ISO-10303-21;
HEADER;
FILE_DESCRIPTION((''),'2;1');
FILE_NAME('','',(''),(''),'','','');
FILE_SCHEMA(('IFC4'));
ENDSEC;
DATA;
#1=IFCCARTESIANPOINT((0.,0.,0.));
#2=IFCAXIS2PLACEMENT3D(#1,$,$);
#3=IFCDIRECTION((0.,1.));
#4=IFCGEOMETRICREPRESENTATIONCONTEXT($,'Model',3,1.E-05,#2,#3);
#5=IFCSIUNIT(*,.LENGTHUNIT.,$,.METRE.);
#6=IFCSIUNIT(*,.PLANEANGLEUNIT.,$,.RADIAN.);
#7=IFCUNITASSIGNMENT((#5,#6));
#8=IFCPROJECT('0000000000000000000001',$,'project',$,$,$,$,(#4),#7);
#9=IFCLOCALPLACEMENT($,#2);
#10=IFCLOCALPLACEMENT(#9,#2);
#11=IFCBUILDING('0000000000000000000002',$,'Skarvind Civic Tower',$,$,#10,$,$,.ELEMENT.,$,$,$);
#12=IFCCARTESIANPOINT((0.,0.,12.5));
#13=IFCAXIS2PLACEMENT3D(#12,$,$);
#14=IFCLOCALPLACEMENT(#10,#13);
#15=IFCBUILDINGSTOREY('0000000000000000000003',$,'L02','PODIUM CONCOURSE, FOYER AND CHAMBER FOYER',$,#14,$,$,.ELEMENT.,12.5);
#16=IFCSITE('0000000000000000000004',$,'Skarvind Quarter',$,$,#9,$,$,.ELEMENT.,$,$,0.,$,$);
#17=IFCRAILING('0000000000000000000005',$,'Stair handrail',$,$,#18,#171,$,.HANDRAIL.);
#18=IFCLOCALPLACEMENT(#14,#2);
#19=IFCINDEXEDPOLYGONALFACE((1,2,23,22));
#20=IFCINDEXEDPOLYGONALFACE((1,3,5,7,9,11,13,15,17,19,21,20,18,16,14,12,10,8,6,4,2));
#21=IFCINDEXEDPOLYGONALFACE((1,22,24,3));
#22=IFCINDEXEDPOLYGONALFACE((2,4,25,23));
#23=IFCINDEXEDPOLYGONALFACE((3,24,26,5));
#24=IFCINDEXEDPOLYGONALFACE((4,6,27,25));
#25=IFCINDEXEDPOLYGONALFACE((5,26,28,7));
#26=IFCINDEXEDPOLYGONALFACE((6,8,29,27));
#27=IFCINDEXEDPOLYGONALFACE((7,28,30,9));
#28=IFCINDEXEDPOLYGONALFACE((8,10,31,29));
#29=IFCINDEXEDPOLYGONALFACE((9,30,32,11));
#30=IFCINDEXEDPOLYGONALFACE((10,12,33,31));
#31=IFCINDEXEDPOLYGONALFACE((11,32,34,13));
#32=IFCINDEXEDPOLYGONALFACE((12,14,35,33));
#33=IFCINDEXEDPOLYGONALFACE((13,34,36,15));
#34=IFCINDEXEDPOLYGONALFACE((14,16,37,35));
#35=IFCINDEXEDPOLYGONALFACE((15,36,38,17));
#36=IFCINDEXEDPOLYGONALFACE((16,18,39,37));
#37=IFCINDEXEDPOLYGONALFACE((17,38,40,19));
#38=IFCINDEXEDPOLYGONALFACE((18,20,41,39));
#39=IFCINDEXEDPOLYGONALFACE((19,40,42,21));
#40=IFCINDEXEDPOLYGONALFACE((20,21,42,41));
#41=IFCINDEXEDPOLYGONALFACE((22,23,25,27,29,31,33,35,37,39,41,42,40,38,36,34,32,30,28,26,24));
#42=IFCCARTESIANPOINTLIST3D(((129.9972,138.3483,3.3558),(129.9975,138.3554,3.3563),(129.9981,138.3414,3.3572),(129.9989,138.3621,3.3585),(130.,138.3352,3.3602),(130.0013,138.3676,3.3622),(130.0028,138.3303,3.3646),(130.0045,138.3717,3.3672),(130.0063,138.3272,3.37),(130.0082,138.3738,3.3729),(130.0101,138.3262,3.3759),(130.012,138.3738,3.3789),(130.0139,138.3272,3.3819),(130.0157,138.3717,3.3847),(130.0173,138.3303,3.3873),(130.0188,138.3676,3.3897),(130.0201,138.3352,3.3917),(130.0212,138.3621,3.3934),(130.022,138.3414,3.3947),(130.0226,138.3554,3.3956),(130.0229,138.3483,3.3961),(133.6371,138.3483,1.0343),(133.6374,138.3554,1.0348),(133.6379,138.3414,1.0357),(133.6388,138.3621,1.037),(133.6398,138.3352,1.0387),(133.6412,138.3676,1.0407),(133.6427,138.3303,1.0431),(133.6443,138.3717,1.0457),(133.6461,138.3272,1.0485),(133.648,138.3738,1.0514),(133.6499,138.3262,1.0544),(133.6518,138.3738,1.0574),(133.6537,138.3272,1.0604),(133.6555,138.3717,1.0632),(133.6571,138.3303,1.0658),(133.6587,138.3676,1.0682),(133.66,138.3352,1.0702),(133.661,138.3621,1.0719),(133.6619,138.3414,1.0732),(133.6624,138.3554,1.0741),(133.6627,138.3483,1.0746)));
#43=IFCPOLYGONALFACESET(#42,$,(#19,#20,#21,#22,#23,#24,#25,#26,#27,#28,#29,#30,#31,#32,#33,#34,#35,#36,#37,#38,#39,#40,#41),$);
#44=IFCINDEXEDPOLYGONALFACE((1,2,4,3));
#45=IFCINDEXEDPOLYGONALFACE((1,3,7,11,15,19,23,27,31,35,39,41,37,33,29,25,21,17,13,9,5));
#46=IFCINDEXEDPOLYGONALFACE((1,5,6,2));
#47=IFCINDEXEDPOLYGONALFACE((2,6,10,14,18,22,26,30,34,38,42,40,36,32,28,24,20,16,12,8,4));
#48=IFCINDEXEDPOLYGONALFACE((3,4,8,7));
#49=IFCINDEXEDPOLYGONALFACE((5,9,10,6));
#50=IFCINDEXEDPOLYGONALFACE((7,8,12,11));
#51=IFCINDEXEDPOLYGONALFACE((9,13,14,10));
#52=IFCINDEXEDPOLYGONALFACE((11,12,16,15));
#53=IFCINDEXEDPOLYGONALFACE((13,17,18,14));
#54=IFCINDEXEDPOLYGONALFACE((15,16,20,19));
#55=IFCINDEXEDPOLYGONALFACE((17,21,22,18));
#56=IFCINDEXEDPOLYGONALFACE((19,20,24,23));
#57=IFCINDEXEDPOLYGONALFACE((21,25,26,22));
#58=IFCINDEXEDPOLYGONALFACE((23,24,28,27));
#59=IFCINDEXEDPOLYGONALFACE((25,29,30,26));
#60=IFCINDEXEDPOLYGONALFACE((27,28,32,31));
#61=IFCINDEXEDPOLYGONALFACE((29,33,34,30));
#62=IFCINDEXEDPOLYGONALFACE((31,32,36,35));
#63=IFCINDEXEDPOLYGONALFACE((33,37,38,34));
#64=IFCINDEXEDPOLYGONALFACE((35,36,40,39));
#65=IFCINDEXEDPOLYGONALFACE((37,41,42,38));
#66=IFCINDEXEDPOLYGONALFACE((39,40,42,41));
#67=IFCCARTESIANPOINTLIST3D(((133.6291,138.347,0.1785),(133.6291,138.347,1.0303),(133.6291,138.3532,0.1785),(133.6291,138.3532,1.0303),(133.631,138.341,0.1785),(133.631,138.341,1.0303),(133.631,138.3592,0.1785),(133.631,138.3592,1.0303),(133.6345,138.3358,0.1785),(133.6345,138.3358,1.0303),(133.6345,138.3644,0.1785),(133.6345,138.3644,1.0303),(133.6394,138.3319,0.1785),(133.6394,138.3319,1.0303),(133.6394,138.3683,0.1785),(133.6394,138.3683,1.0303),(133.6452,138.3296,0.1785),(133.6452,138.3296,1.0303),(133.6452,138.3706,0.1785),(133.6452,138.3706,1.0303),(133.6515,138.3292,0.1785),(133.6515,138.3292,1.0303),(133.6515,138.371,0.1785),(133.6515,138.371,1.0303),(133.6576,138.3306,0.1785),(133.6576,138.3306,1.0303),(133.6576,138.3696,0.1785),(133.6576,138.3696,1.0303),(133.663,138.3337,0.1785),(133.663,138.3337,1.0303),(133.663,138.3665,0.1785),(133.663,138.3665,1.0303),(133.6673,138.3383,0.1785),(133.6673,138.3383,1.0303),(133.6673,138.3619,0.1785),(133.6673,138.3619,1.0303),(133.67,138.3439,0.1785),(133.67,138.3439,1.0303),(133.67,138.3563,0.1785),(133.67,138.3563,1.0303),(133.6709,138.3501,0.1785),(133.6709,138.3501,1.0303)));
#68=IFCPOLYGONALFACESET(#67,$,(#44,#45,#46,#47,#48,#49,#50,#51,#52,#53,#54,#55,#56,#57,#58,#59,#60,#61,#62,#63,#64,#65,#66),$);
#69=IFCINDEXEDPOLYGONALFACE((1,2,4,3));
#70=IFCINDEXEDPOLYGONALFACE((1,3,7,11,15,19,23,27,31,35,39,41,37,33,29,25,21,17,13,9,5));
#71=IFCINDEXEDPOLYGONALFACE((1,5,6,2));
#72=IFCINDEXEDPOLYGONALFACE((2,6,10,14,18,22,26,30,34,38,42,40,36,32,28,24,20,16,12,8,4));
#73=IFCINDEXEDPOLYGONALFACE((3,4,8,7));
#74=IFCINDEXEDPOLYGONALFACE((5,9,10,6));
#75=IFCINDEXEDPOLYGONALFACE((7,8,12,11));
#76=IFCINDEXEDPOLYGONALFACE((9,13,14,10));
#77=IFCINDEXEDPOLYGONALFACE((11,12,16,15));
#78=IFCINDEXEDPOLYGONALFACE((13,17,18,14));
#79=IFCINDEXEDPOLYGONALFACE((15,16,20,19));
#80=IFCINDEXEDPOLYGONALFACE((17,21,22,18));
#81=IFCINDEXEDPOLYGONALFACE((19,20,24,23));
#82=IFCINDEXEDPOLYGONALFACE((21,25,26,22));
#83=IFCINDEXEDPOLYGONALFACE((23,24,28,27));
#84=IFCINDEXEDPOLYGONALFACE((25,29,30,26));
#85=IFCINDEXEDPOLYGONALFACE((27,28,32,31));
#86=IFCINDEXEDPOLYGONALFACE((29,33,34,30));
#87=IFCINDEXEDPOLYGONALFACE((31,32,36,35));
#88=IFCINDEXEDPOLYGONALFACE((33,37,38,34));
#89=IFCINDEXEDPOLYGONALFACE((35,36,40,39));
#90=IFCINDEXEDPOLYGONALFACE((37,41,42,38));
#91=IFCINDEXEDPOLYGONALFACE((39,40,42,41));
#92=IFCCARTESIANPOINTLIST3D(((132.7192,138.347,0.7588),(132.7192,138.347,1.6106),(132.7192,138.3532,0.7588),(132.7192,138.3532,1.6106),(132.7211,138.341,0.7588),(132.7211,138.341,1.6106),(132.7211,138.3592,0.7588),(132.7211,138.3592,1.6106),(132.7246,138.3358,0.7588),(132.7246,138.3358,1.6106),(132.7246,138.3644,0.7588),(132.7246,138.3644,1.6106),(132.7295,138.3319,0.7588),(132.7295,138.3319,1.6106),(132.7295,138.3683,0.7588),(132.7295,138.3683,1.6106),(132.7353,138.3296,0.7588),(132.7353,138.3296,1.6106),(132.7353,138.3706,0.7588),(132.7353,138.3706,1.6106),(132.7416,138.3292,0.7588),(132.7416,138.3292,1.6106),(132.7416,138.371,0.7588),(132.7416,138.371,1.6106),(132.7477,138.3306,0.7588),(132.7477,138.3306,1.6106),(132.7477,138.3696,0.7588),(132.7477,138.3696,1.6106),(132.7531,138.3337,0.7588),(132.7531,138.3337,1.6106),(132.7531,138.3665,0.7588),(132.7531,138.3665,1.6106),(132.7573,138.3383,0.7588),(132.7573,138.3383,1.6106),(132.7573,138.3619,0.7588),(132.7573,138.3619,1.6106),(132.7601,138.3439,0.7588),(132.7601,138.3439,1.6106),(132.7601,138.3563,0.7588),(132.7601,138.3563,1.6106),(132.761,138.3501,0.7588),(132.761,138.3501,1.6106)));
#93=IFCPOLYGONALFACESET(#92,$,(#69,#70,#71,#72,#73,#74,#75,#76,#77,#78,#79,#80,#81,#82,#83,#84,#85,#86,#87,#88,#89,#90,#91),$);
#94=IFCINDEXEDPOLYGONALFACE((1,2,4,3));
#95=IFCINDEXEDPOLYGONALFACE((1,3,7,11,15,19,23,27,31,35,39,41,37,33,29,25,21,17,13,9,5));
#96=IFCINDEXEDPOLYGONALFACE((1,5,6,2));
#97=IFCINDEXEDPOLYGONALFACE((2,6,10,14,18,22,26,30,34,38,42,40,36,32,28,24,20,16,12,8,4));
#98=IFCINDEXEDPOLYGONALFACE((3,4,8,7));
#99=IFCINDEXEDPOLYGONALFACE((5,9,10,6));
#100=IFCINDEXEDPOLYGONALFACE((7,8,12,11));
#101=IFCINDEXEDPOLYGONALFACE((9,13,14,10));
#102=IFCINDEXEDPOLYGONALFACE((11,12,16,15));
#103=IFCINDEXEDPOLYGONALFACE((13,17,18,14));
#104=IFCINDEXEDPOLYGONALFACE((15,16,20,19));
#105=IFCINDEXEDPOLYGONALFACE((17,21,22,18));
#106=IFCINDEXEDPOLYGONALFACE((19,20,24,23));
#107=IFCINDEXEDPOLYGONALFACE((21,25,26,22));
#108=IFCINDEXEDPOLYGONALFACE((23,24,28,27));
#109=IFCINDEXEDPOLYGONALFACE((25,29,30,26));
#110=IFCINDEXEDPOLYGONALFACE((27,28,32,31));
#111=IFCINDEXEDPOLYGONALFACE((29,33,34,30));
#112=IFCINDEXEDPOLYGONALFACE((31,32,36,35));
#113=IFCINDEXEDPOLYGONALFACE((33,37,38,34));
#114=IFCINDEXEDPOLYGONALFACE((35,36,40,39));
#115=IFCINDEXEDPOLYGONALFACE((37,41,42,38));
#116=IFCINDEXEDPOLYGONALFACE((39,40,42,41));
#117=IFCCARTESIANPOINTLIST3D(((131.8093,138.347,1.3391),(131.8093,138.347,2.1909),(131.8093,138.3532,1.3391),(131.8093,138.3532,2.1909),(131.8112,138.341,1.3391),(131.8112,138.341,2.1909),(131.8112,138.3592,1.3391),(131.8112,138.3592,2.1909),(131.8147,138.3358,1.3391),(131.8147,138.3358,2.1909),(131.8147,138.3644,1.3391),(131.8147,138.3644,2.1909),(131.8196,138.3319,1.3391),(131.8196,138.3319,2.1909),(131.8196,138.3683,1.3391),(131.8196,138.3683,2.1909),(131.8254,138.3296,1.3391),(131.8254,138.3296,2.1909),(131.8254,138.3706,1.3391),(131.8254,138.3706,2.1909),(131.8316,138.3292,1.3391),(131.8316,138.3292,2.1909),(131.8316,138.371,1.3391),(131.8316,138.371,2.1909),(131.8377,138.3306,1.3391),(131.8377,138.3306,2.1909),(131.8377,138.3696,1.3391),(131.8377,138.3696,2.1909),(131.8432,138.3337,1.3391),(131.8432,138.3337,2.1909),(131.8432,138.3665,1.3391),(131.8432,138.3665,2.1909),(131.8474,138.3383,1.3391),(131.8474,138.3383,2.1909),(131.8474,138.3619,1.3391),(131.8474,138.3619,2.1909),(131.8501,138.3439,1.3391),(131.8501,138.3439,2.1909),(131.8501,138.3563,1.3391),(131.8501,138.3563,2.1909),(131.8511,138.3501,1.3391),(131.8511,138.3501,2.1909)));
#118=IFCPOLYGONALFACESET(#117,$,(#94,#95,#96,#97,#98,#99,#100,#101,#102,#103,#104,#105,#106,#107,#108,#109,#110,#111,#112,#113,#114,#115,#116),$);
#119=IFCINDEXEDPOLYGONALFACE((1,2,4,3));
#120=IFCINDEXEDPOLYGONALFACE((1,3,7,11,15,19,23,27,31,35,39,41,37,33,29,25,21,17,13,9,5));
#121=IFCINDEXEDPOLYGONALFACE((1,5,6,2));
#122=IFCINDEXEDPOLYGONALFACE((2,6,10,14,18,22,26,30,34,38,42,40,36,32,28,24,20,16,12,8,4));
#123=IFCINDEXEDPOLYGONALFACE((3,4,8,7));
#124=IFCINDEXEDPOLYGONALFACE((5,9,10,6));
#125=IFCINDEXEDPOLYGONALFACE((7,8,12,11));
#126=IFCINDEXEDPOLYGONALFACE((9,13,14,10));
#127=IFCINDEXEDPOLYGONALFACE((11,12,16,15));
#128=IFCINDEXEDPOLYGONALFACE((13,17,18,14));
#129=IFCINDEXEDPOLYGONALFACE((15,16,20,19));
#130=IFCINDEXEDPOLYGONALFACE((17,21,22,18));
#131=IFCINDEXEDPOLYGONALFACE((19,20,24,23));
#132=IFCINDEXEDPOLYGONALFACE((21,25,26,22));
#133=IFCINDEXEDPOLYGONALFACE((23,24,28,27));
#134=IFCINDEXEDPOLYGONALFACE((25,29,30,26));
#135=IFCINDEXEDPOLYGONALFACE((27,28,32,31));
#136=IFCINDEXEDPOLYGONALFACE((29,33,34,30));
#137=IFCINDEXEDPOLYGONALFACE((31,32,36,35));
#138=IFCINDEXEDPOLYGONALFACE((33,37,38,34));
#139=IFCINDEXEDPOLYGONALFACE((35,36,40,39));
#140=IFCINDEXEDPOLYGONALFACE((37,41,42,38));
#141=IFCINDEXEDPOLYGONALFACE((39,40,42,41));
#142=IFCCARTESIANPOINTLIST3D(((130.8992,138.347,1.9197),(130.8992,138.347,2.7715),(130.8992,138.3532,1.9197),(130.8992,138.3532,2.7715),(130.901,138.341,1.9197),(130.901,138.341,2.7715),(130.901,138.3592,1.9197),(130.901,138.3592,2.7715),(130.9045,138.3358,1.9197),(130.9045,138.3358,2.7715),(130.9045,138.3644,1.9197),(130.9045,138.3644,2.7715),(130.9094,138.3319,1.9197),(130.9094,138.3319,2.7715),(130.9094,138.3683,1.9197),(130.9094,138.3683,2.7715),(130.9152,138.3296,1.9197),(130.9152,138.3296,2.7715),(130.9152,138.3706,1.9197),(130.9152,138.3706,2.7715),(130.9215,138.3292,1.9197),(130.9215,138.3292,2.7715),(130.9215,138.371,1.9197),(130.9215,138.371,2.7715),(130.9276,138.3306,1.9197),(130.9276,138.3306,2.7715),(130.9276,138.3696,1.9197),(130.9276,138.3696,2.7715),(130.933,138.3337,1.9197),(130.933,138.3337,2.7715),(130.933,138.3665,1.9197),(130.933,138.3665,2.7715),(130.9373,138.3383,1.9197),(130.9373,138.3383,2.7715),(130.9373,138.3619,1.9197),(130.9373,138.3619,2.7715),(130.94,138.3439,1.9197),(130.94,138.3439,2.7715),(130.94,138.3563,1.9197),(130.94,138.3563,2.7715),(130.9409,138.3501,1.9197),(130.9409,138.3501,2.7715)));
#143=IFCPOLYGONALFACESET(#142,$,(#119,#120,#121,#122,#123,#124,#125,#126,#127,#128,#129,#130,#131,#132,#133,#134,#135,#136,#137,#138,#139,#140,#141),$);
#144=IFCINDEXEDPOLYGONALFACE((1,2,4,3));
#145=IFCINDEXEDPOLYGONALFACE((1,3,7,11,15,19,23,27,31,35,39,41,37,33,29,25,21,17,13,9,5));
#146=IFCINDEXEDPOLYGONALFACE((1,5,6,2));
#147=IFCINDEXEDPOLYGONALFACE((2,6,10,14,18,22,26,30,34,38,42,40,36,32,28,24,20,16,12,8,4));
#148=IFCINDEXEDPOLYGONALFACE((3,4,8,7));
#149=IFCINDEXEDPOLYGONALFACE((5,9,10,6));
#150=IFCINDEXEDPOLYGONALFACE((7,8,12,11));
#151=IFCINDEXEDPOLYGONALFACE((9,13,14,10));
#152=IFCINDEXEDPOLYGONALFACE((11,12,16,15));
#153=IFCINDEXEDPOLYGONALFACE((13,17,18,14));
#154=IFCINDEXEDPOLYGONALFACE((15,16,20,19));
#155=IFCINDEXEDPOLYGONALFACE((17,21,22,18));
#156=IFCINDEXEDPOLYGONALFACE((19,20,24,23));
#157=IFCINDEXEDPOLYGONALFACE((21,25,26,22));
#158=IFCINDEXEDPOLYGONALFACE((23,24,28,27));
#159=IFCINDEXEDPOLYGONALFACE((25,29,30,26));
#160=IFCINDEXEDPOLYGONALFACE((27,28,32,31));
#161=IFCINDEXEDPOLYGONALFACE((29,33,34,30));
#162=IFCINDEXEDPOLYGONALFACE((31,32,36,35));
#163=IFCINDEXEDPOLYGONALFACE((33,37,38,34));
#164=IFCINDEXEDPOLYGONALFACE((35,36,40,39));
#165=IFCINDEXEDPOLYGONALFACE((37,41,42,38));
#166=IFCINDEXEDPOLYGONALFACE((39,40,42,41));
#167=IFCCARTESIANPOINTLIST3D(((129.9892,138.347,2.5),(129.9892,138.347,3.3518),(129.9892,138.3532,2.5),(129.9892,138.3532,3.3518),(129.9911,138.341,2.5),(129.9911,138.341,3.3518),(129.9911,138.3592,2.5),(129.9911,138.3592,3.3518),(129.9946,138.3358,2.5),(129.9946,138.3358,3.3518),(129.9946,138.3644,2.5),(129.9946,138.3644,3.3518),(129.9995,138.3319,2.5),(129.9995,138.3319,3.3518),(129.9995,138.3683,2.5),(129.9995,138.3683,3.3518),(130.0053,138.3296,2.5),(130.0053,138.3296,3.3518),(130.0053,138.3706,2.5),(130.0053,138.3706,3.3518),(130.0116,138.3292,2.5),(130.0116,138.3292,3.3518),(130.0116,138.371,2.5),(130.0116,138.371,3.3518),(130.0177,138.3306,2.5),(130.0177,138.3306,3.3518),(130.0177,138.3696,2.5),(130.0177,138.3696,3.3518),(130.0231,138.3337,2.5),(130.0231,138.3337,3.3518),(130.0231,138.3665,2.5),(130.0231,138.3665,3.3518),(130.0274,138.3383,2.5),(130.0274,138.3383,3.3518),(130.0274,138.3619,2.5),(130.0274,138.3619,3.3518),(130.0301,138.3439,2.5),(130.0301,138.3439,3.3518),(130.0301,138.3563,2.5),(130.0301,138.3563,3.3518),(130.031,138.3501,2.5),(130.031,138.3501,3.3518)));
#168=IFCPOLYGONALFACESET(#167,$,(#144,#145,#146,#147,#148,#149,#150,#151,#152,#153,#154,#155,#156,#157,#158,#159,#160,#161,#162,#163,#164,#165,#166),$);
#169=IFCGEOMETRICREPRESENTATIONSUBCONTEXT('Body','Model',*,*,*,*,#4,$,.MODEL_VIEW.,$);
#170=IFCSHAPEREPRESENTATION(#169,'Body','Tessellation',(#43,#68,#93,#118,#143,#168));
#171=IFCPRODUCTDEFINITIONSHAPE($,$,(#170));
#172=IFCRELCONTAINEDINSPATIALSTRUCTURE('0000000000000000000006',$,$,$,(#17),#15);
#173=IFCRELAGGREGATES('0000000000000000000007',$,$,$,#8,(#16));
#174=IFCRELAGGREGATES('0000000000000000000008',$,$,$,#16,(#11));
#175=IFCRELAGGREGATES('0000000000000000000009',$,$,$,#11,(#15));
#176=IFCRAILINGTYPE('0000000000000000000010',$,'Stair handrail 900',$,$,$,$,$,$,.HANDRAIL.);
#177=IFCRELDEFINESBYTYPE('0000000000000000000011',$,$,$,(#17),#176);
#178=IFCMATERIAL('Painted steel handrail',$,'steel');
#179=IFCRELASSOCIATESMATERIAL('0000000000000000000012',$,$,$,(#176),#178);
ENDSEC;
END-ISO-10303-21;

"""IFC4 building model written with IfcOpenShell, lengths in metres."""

from ifc_helpers import new_model, si_unit, direction, frame, origin, origin_2d, place, context, subcontext, project, spatial, circle, extrude, material, type_object, element, save


model = new_model("IFC4")

# Units and contexts
model_context = context("Model", 3, precision=1e-05, world=origin(), true_north=direction((0.0, 1.0)))
body_context = subcontext(model_context, "Body", "Model", "MODEL_VIEW")
ifc_project = project(units=[si_unit("LENGTHUNIT", "METRE"), si_unit("PLANEANGLEUNIT", "RADIAN")], contexts=[model_context])

# Site, building, storey
site_placement = place(None, origin())
site = spatial("IfcSite", under=ifc_project, at=site_placement, Name="Skarvind Quarter", CompositionType="ELEMENT", RefElevation=0.0)
building_placement = place(site_placement, origin())
building = spatial("IfcBuilding", under=site, at=building_placement, Name="Skarvind Civic Tower", CompositionType="ELEMENT")
storey_placement = place(building_placement, frame((0.0, 0.0, 12.5)))
storey = spatial("IfcBuildingStorey", under=building, at=storey_placement, Name="L02", Description="PODIUM CONCOURSE, FOYER AND CHAMBER FOYER", CompositionType="ELEMENT", Elevation=12.5)

# Railing
ifc_material_1 = material(Name="Painted steel handrail", Category="steel")
railing_type = type_object("IfcRailingType", Name="Stair handrail 900", PredefinedType="HANDRAIL", material=ifc_material_1)
railing_placement = place(storey_placement, frame((133.6499, 138.3501, 0.1785)))
element("IfcRailing", 1, at=railing_placement, inside=storey, type_object=railing_type, Name="Stair handrail", PredefinedType="HANDRAIL", context=body_context, shape_type="SweptSolid", body=[
    extrude(circle(Radius=0.0239, at=origin_2d()), frame((0.0, 0.0, 0.876), z_axis=(-0.843112, 0.0, 0.537739), x_axis=(0.0, -1.0, 0.0)), (0.0, 0.0, 1.0), 4.3171),
    extrude(circle(Radius=0.021, at=origin_2d()), origin(), (0.0, 0.0, 1.0), 0.8518),
    extrude(circle(Radius=0.021, at=origin_2d()), frame((-0.9099, 0.0, 0.5803)), (0.0, 0.0, 1.0), 0.8518),
    extrude(circle(Radius=0.021, at=origin_2d()), frame((-1.8198, 0.0, 1.1606)), (0.0, 0.0, 1.0), 0.8518),
    extrude(circle(Radius=0.021, at=origin_2d()), frame((-2.73, 0.0, 1.7412)), (0.0, 0.0, 1.0), 0.8518),
    extrude(circle(Radius=0.021, at=origin_2d()), frame((-3.6399, 0.0, 2.3215)), (0.0, 0.0, 1.0), 0.8518),
])

save(model, "model.ifc")
